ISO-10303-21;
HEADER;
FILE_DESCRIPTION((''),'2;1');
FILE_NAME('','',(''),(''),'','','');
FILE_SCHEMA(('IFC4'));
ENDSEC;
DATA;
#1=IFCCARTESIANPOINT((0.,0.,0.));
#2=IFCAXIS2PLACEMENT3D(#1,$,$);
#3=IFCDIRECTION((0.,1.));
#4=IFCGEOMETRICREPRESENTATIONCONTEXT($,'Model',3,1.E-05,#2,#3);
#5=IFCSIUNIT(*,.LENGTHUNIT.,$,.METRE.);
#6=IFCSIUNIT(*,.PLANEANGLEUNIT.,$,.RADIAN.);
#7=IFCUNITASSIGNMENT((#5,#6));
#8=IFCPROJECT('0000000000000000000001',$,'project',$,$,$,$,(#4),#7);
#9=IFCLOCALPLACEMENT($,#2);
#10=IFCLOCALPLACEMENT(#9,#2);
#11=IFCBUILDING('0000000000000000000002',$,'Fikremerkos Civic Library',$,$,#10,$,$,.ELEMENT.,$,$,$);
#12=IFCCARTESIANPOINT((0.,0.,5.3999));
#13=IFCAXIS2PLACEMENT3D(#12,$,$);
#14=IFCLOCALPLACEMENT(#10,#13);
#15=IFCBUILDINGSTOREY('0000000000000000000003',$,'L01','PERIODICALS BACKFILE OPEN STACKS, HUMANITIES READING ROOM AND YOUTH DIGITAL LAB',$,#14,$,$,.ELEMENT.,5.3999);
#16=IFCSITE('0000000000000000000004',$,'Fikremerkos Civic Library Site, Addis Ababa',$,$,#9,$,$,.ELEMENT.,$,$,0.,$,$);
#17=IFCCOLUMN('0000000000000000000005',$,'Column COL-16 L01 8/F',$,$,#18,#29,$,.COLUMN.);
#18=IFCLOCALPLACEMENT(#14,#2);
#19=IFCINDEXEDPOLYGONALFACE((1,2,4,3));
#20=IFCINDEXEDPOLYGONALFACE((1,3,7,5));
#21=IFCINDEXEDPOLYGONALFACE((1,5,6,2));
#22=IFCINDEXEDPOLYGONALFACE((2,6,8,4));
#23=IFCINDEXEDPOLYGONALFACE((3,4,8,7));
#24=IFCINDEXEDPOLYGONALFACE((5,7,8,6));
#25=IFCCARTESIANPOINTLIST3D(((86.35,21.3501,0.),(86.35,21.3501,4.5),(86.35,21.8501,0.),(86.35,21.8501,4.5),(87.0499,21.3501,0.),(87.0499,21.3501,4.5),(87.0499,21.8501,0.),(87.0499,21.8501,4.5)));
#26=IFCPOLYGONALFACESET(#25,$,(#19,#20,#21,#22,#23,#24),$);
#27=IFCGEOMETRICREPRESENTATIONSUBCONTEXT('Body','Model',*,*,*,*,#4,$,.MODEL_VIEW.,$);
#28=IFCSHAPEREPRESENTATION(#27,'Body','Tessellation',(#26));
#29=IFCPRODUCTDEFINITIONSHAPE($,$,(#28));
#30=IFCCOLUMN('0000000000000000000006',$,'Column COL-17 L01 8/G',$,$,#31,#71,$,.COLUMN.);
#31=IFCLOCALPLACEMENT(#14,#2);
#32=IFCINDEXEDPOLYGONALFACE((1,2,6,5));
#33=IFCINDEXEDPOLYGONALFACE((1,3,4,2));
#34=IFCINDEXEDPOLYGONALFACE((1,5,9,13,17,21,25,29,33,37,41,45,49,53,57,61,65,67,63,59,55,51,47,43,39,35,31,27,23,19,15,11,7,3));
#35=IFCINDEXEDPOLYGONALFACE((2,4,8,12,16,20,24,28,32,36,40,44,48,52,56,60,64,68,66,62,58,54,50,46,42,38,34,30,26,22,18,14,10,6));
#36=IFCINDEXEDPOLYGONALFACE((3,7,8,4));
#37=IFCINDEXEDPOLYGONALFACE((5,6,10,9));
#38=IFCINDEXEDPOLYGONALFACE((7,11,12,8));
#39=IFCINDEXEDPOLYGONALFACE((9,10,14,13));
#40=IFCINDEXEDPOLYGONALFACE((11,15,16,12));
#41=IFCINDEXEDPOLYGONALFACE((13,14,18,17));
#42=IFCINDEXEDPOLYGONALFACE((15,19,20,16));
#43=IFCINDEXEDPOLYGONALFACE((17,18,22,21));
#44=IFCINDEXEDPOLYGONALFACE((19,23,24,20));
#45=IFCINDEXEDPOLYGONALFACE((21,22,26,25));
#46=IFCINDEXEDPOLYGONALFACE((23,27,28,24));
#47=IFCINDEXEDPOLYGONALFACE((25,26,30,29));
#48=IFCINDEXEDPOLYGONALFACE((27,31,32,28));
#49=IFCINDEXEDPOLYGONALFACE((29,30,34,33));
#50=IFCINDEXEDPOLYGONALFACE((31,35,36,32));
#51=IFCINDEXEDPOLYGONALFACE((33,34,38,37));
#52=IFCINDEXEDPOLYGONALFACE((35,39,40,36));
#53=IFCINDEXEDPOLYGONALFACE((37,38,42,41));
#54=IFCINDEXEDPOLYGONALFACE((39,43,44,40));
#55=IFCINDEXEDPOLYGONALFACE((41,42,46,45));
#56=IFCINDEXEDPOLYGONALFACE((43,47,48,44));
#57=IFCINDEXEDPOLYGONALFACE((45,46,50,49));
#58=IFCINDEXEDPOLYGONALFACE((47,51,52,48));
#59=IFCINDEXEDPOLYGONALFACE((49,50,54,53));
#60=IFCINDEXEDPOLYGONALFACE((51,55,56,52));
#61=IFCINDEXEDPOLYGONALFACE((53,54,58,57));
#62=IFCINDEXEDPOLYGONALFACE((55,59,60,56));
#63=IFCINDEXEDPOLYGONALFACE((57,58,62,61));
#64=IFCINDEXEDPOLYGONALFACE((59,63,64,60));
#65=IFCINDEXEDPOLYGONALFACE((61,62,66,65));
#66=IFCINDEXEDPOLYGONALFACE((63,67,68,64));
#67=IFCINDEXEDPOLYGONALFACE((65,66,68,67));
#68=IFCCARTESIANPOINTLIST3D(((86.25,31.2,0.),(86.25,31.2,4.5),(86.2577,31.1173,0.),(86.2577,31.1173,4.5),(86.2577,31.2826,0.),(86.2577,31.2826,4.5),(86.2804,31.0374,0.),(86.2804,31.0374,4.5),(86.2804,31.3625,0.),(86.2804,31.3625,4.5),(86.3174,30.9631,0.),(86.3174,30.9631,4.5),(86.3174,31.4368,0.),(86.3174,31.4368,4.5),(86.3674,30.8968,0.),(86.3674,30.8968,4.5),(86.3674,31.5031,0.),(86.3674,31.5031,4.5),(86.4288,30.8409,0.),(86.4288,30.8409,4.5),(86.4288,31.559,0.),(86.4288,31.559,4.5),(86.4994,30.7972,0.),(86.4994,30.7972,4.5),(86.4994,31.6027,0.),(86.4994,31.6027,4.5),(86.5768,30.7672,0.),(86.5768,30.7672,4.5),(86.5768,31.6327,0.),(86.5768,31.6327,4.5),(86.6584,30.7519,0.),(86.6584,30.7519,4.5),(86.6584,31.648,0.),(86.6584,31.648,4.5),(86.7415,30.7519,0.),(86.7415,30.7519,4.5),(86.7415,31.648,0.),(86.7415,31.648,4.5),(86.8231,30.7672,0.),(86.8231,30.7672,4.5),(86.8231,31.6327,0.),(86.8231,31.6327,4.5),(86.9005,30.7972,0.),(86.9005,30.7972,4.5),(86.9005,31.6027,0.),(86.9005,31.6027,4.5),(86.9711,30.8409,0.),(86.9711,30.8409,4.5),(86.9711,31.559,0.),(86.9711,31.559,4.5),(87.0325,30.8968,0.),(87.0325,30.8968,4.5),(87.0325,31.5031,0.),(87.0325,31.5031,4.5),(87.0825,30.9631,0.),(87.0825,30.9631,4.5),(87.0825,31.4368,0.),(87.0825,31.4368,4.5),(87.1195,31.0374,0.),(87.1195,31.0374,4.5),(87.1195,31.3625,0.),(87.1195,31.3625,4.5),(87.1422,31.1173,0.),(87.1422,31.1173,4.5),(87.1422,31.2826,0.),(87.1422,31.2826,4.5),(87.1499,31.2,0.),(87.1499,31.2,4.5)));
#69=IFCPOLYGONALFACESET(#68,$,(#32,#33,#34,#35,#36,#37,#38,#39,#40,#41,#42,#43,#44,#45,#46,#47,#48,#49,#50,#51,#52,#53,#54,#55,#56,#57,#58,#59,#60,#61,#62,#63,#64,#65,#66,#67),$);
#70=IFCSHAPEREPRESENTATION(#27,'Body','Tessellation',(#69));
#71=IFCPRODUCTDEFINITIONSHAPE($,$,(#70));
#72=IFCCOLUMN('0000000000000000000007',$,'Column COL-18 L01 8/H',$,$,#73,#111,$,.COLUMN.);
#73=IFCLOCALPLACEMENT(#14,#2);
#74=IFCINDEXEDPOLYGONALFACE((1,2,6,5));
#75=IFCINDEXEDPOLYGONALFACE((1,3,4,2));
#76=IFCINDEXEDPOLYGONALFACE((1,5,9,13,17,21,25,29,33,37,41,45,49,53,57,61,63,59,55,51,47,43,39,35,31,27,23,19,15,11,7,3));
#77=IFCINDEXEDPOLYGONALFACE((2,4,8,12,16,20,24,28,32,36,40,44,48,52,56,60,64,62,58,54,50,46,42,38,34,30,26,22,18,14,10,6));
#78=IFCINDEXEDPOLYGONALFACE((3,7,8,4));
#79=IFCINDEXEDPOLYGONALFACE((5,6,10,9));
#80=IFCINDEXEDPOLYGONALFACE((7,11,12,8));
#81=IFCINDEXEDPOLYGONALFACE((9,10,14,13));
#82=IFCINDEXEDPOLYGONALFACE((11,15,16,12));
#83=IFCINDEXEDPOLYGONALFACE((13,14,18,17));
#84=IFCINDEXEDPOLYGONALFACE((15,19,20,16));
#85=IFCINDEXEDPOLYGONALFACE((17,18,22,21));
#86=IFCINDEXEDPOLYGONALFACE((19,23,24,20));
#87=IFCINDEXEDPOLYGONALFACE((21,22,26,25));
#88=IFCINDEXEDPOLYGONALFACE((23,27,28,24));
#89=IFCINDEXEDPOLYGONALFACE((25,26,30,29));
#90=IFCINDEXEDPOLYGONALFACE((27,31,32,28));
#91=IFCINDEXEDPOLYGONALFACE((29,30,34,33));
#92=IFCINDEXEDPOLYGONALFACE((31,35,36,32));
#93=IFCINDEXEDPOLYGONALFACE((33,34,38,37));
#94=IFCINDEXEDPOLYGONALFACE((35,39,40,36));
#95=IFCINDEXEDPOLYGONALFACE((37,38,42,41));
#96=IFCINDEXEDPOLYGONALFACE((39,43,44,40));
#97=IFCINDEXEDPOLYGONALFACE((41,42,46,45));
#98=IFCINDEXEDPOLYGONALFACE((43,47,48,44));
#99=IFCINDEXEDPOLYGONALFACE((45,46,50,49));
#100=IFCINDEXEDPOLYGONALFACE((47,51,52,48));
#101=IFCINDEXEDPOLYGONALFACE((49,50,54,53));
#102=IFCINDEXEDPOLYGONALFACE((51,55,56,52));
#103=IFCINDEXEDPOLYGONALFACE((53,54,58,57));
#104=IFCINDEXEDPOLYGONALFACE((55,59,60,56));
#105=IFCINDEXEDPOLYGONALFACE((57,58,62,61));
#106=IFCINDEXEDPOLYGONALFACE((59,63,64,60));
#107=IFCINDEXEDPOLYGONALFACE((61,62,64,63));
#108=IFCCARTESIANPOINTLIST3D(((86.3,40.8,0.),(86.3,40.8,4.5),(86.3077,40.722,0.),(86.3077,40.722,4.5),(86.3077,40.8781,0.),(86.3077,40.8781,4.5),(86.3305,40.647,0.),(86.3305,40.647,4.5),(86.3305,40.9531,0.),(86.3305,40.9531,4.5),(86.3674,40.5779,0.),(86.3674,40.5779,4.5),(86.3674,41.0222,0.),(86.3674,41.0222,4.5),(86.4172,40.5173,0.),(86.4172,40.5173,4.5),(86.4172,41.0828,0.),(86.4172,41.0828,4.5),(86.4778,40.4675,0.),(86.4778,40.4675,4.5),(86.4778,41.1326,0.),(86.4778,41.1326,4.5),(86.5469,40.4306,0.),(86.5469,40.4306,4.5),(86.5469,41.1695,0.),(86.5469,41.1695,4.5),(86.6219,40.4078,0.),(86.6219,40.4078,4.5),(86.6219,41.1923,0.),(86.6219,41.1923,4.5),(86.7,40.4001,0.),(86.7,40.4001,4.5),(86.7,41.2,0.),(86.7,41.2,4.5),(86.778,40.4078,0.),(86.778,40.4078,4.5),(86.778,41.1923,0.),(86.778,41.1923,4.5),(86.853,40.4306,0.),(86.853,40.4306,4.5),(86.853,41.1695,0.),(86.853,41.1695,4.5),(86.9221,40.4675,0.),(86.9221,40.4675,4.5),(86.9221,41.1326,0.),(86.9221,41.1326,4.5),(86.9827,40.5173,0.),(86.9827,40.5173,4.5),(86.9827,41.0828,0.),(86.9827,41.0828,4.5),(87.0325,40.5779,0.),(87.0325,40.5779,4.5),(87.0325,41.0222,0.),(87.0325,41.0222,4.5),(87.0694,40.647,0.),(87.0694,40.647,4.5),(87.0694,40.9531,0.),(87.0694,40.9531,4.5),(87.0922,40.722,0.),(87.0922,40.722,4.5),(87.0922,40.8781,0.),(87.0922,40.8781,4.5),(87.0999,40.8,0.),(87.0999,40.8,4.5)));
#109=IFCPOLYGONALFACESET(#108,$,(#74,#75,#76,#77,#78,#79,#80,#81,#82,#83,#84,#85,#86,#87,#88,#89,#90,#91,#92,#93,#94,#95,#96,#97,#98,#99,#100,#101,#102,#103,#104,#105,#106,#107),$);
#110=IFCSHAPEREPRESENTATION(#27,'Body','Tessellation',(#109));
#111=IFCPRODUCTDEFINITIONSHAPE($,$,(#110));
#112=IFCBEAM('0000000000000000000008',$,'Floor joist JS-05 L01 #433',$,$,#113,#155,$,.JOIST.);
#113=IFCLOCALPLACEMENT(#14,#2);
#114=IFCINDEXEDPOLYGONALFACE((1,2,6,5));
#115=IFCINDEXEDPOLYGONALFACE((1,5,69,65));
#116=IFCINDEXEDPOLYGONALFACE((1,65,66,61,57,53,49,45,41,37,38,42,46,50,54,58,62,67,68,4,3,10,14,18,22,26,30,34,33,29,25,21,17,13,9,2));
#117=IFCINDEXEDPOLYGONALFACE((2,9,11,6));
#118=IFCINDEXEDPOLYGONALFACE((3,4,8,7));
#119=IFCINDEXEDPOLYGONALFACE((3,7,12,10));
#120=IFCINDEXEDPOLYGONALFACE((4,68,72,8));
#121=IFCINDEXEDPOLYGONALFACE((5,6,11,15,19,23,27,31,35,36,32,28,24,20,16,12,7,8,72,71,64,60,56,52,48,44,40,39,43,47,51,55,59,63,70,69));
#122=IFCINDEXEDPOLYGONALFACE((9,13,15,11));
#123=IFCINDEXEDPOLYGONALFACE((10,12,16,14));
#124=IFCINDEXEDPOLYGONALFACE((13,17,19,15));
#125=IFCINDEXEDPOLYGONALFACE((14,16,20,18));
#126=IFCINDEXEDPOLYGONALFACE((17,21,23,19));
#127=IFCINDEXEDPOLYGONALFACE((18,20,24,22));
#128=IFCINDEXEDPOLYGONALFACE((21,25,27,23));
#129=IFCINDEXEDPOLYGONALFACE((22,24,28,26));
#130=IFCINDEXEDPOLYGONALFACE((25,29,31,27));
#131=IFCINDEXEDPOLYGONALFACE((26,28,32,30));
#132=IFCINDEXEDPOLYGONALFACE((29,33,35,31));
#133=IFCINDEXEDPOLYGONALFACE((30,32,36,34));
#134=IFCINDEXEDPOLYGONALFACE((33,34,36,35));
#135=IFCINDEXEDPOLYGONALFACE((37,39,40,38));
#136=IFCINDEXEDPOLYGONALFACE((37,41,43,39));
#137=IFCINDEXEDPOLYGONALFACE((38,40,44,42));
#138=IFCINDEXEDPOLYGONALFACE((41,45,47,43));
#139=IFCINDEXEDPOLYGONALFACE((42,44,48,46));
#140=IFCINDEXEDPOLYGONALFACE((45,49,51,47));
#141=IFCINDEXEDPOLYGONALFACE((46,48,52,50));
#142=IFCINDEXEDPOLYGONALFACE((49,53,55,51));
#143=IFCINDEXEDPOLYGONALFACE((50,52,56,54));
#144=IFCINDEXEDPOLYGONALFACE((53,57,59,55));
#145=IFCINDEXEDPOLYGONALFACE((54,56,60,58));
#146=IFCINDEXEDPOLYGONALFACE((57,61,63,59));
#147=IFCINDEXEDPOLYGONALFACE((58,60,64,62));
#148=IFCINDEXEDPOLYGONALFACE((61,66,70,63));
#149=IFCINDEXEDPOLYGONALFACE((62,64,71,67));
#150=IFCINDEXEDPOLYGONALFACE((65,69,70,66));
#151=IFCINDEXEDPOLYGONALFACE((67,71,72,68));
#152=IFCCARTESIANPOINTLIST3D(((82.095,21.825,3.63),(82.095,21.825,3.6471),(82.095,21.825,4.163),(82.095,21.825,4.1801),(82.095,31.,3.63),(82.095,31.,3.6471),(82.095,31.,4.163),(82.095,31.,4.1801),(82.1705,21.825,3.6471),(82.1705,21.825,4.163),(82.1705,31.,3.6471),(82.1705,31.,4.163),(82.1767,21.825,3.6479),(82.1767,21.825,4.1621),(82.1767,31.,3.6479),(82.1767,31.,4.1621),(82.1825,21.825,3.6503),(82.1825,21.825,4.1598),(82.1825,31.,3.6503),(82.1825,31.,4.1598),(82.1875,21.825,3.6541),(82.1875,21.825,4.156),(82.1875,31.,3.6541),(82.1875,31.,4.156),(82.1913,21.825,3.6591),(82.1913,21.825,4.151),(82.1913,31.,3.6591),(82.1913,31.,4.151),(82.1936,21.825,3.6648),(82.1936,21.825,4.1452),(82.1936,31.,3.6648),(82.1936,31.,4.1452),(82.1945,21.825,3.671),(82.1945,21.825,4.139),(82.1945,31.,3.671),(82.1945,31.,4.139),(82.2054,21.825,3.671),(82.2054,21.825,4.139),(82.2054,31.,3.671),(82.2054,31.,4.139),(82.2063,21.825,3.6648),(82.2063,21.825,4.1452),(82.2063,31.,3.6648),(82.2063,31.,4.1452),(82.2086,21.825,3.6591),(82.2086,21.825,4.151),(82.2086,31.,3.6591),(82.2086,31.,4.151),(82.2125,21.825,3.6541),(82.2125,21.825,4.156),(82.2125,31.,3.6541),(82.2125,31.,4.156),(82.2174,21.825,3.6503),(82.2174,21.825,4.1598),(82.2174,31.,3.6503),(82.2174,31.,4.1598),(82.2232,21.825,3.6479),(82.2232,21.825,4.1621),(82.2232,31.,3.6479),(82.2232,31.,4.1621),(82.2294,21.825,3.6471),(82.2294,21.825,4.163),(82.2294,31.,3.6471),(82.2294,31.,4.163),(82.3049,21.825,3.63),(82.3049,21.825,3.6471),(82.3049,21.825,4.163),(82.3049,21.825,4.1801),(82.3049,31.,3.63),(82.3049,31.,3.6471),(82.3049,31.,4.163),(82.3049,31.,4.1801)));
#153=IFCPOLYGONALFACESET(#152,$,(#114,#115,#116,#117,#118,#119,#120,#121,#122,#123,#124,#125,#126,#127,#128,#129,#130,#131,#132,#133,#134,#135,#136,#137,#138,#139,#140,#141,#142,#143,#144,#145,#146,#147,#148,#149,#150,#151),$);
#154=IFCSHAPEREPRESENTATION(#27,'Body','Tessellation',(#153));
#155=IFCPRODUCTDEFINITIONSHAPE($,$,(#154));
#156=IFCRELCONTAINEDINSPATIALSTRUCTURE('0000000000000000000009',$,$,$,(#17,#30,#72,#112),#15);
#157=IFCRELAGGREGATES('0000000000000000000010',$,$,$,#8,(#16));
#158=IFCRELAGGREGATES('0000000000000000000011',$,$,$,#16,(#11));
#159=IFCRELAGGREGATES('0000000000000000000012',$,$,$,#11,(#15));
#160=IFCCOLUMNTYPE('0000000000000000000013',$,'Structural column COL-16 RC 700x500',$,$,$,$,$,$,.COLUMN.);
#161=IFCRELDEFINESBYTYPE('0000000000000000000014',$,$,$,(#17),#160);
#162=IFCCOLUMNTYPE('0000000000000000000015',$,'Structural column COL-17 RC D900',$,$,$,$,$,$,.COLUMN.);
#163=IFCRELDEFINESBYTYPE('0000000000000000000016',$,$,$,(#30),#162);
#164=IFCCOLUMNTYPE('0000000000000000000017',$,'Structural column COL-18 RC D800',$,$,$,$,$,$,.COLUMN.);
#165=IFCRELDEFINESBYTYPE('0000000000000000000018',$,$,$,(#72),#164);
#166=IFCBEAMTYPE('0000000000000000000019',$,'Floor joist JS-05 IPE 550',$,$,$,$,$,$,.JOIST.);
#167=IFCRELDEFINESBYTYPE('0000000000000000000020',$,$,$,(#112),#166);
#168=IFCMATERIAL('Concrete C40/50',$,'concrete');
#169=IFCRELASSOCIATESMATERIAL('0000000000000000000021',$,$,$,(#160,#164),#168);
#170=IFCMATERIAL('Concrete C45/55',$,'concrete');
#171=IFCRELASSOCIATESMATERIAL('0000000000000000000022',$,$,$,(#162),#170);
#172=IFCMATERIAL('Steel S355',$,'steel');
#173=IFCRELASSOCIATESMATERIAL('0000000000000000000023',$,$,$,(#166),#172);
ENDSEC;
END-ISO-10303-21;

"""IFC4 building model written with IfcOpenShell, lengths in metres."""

from ifc_helpers import new_model, si_unit, direction, frame, origin, origin_2d, place, context, subcontext, project, spatial, rectangle, circle, i_section, extrude, material, material_profile, profile_set, type_object, element, save


model = new_model("IFC4")

# Units and contexts
model_context = context("Model", 3, precision=1e-05, world=origin(), true_north=direction((0.0, 1.0)))
body_context = subcontext(model_context, "Body", "Model", "MODEL_VIEW")
ifc_project = project(units=[si_unit("LENGTHUNIT", "METRE"), si_unit("PLANEANGLEUNIT", "RADIAN")], contexts=[model_context])

# Site, building, storey
site_placement = place(None, origin())
site = spatial("IfcSite", under=ifc_project, at=site_placement, Name="Fikremerkos Civic Library Site, Addis Ababa", CompositionType="ELEMENT", RefElevation=0.0)
building_placement = place(site_placement, origin())
building = spatial("IfcBuilding", under=site, at=building_placement, Name="Fikremerkos Civic Library", CompositionType="ELEMENT")
storey_placement = place(building_placement, frame((0.0, 0.0, 5.3999)))
storey = spatial("IfcBuildingStorey", under=building, at=storey_placement, Name="L01", Description="PERIODICALS BACKFILE OPEN STACKS, HUMANITIES READING ROOM AND YOUTH DIGITAL LAB", CompositionType="ELEMENT", Elevation=5.3999)

# Columns
ifc_material_1 = material(Name="Concrete C40/50", Category="concrete")
ifc_material_profile_1 = material_profile(ifc_material_1, rectangle(XDim=0.7, YDim=0.5, at=origin_2d()), Name="RC 700x500")
ifc_profile_set_1 = profile_set([ifc_material_profile_1], Name="Concrete C40/50")
column_type_1 = type_object("IfcColumnType", Name="Structural column COL-16 RC 700x500", PredefinedType="COLUMN", material=ifc_profile_set_1)
column_1_placement = place(storey_placement, frame((86.7, 21.6001, 0.0), z_axis=(0.0, 0.0, 1.0), x_axis=(1.0, 0.0, 0.0)))
element("IfcColumn", 1, at=column_1_placement, inside=storey, type_object=column_type_1, Name="Column COL-16 L01 8/F", PredefinedType="COLUMN", context=body_context, shape_type="SweptSolid", body=[
    extrude(rectangle(XDim=0.7, YDim=0.5, at=origin_2d()), origin(), (0.0, 0.0, 1.0), 4.5),
])
ifc_material_2 = material(Name="Concrete C45/55", Category="concrete")
ifc_material_profile_2 = material_profile(ifc_material_2, circle(Radius=0.45, at=origin_2d()), Name="RC D900")
ifc_profile_set_2 = profile_set([ifc_material_profile_2], Name="Concrete C45/55")
column_type_2 = type_object("IfcColumnType", Name="Structural column COL-17 RC D900", PredefinedType="COLUMN", material=ifc_profile_set_2)
column_2_placement = place(storey_placement, frame((86.7, 31.2, 0.0), z_axis=(0.0, 0.0, 1.0), x_axis=(1.0, 0.0, 0.0)))
element("IfcColumn", 2, at=column_2_placement, inside=storey, type_object=column_type_2, Name="Column COL-17 L01 8/G", PredefinedType="COLUMN", context=body_context, shape_type="SweptSolid", body=[
    extrude(circle(Radius=0.45, at=origin_2d()), origin(), (0.0, 0.0, 1.0), 4.5),
])
ifc_material_profile_3 = material_profile(ifc_material_1, circle(Radius=0.3999, at=origin_2d()), Name="RC D800")
ifc_profile_set_3 = profile_set([ifc_material_profile_3], Name="Concrete C40/50")
column_type_3 = type_object("IfcColumnType", Name="Structural column COL-18 RC D800", PredefinedType="COLUMN", material=ifc_profile_set_3)
column_3_placement = place(storey_placement, frame((86.7, 40.8, 0.0), z_axis=(0.0, 0.0, 1.0), x_axis=(1.0, 0.0, 0.0)))
element("IfcColumn", 3, at=column_3_placement, inside=storey, type_object=column_type_3, Name="Column COL-18 L01 8/H", PredefinedType="COLUMN", context=body_context, shape_type="SweptSolid", body=[
    extrude(circle(Radius=0.3999, at=origin_2d()), origin(), (0.0, 0.0, 1.0), 4.5),
])

# Beam
ifc_material_3 = material(Name="Steel S355", Category="steel")
ifc_material_profile_4 = material_profile(ifc_material_3, i_section(OverallWidth=0.21, OverallDepth=0.55, WebThickness=0.011, FlangeThickness=0.0171, FilletRadius=0.0239, at=origin_2d()), Name="IPE 550")
ifc_profile_set_4 = profile_set([ifc_material_profile_4], Name="Steel S355")
beam_type_1 = type_object("IfcBeamType", Name="Floor joist JS-05 IPE 550", PredefinedType="JOIST", material=ifc_profile_set_4)
beam_1_placement = place(storey_placement, frame((82.2, 21.825, 3.905), z_axis=(0.0, 1.0, 0.0), x_axis=(-1.0, 0.0, 0.0)))
element("IfcBeam", 4, at=beam_1_placement, inside=storey, type_object=beam_type_1, Name="Floor joist JS-05 L01 #433", PredefinedType="JOIST", context=body_context, shape_type="SweptSolid", body=[
    extrude(i_section(OverallWidth=0.21, OverallDepth=0.55, WebThickness=0.011, FlangeThickness=0.0171, FilletRadius=0.0239, at=origin_2d()), origin(), (0.0, 0.0, 1.0), 9.175),
])

save(model, "model.ifc")
